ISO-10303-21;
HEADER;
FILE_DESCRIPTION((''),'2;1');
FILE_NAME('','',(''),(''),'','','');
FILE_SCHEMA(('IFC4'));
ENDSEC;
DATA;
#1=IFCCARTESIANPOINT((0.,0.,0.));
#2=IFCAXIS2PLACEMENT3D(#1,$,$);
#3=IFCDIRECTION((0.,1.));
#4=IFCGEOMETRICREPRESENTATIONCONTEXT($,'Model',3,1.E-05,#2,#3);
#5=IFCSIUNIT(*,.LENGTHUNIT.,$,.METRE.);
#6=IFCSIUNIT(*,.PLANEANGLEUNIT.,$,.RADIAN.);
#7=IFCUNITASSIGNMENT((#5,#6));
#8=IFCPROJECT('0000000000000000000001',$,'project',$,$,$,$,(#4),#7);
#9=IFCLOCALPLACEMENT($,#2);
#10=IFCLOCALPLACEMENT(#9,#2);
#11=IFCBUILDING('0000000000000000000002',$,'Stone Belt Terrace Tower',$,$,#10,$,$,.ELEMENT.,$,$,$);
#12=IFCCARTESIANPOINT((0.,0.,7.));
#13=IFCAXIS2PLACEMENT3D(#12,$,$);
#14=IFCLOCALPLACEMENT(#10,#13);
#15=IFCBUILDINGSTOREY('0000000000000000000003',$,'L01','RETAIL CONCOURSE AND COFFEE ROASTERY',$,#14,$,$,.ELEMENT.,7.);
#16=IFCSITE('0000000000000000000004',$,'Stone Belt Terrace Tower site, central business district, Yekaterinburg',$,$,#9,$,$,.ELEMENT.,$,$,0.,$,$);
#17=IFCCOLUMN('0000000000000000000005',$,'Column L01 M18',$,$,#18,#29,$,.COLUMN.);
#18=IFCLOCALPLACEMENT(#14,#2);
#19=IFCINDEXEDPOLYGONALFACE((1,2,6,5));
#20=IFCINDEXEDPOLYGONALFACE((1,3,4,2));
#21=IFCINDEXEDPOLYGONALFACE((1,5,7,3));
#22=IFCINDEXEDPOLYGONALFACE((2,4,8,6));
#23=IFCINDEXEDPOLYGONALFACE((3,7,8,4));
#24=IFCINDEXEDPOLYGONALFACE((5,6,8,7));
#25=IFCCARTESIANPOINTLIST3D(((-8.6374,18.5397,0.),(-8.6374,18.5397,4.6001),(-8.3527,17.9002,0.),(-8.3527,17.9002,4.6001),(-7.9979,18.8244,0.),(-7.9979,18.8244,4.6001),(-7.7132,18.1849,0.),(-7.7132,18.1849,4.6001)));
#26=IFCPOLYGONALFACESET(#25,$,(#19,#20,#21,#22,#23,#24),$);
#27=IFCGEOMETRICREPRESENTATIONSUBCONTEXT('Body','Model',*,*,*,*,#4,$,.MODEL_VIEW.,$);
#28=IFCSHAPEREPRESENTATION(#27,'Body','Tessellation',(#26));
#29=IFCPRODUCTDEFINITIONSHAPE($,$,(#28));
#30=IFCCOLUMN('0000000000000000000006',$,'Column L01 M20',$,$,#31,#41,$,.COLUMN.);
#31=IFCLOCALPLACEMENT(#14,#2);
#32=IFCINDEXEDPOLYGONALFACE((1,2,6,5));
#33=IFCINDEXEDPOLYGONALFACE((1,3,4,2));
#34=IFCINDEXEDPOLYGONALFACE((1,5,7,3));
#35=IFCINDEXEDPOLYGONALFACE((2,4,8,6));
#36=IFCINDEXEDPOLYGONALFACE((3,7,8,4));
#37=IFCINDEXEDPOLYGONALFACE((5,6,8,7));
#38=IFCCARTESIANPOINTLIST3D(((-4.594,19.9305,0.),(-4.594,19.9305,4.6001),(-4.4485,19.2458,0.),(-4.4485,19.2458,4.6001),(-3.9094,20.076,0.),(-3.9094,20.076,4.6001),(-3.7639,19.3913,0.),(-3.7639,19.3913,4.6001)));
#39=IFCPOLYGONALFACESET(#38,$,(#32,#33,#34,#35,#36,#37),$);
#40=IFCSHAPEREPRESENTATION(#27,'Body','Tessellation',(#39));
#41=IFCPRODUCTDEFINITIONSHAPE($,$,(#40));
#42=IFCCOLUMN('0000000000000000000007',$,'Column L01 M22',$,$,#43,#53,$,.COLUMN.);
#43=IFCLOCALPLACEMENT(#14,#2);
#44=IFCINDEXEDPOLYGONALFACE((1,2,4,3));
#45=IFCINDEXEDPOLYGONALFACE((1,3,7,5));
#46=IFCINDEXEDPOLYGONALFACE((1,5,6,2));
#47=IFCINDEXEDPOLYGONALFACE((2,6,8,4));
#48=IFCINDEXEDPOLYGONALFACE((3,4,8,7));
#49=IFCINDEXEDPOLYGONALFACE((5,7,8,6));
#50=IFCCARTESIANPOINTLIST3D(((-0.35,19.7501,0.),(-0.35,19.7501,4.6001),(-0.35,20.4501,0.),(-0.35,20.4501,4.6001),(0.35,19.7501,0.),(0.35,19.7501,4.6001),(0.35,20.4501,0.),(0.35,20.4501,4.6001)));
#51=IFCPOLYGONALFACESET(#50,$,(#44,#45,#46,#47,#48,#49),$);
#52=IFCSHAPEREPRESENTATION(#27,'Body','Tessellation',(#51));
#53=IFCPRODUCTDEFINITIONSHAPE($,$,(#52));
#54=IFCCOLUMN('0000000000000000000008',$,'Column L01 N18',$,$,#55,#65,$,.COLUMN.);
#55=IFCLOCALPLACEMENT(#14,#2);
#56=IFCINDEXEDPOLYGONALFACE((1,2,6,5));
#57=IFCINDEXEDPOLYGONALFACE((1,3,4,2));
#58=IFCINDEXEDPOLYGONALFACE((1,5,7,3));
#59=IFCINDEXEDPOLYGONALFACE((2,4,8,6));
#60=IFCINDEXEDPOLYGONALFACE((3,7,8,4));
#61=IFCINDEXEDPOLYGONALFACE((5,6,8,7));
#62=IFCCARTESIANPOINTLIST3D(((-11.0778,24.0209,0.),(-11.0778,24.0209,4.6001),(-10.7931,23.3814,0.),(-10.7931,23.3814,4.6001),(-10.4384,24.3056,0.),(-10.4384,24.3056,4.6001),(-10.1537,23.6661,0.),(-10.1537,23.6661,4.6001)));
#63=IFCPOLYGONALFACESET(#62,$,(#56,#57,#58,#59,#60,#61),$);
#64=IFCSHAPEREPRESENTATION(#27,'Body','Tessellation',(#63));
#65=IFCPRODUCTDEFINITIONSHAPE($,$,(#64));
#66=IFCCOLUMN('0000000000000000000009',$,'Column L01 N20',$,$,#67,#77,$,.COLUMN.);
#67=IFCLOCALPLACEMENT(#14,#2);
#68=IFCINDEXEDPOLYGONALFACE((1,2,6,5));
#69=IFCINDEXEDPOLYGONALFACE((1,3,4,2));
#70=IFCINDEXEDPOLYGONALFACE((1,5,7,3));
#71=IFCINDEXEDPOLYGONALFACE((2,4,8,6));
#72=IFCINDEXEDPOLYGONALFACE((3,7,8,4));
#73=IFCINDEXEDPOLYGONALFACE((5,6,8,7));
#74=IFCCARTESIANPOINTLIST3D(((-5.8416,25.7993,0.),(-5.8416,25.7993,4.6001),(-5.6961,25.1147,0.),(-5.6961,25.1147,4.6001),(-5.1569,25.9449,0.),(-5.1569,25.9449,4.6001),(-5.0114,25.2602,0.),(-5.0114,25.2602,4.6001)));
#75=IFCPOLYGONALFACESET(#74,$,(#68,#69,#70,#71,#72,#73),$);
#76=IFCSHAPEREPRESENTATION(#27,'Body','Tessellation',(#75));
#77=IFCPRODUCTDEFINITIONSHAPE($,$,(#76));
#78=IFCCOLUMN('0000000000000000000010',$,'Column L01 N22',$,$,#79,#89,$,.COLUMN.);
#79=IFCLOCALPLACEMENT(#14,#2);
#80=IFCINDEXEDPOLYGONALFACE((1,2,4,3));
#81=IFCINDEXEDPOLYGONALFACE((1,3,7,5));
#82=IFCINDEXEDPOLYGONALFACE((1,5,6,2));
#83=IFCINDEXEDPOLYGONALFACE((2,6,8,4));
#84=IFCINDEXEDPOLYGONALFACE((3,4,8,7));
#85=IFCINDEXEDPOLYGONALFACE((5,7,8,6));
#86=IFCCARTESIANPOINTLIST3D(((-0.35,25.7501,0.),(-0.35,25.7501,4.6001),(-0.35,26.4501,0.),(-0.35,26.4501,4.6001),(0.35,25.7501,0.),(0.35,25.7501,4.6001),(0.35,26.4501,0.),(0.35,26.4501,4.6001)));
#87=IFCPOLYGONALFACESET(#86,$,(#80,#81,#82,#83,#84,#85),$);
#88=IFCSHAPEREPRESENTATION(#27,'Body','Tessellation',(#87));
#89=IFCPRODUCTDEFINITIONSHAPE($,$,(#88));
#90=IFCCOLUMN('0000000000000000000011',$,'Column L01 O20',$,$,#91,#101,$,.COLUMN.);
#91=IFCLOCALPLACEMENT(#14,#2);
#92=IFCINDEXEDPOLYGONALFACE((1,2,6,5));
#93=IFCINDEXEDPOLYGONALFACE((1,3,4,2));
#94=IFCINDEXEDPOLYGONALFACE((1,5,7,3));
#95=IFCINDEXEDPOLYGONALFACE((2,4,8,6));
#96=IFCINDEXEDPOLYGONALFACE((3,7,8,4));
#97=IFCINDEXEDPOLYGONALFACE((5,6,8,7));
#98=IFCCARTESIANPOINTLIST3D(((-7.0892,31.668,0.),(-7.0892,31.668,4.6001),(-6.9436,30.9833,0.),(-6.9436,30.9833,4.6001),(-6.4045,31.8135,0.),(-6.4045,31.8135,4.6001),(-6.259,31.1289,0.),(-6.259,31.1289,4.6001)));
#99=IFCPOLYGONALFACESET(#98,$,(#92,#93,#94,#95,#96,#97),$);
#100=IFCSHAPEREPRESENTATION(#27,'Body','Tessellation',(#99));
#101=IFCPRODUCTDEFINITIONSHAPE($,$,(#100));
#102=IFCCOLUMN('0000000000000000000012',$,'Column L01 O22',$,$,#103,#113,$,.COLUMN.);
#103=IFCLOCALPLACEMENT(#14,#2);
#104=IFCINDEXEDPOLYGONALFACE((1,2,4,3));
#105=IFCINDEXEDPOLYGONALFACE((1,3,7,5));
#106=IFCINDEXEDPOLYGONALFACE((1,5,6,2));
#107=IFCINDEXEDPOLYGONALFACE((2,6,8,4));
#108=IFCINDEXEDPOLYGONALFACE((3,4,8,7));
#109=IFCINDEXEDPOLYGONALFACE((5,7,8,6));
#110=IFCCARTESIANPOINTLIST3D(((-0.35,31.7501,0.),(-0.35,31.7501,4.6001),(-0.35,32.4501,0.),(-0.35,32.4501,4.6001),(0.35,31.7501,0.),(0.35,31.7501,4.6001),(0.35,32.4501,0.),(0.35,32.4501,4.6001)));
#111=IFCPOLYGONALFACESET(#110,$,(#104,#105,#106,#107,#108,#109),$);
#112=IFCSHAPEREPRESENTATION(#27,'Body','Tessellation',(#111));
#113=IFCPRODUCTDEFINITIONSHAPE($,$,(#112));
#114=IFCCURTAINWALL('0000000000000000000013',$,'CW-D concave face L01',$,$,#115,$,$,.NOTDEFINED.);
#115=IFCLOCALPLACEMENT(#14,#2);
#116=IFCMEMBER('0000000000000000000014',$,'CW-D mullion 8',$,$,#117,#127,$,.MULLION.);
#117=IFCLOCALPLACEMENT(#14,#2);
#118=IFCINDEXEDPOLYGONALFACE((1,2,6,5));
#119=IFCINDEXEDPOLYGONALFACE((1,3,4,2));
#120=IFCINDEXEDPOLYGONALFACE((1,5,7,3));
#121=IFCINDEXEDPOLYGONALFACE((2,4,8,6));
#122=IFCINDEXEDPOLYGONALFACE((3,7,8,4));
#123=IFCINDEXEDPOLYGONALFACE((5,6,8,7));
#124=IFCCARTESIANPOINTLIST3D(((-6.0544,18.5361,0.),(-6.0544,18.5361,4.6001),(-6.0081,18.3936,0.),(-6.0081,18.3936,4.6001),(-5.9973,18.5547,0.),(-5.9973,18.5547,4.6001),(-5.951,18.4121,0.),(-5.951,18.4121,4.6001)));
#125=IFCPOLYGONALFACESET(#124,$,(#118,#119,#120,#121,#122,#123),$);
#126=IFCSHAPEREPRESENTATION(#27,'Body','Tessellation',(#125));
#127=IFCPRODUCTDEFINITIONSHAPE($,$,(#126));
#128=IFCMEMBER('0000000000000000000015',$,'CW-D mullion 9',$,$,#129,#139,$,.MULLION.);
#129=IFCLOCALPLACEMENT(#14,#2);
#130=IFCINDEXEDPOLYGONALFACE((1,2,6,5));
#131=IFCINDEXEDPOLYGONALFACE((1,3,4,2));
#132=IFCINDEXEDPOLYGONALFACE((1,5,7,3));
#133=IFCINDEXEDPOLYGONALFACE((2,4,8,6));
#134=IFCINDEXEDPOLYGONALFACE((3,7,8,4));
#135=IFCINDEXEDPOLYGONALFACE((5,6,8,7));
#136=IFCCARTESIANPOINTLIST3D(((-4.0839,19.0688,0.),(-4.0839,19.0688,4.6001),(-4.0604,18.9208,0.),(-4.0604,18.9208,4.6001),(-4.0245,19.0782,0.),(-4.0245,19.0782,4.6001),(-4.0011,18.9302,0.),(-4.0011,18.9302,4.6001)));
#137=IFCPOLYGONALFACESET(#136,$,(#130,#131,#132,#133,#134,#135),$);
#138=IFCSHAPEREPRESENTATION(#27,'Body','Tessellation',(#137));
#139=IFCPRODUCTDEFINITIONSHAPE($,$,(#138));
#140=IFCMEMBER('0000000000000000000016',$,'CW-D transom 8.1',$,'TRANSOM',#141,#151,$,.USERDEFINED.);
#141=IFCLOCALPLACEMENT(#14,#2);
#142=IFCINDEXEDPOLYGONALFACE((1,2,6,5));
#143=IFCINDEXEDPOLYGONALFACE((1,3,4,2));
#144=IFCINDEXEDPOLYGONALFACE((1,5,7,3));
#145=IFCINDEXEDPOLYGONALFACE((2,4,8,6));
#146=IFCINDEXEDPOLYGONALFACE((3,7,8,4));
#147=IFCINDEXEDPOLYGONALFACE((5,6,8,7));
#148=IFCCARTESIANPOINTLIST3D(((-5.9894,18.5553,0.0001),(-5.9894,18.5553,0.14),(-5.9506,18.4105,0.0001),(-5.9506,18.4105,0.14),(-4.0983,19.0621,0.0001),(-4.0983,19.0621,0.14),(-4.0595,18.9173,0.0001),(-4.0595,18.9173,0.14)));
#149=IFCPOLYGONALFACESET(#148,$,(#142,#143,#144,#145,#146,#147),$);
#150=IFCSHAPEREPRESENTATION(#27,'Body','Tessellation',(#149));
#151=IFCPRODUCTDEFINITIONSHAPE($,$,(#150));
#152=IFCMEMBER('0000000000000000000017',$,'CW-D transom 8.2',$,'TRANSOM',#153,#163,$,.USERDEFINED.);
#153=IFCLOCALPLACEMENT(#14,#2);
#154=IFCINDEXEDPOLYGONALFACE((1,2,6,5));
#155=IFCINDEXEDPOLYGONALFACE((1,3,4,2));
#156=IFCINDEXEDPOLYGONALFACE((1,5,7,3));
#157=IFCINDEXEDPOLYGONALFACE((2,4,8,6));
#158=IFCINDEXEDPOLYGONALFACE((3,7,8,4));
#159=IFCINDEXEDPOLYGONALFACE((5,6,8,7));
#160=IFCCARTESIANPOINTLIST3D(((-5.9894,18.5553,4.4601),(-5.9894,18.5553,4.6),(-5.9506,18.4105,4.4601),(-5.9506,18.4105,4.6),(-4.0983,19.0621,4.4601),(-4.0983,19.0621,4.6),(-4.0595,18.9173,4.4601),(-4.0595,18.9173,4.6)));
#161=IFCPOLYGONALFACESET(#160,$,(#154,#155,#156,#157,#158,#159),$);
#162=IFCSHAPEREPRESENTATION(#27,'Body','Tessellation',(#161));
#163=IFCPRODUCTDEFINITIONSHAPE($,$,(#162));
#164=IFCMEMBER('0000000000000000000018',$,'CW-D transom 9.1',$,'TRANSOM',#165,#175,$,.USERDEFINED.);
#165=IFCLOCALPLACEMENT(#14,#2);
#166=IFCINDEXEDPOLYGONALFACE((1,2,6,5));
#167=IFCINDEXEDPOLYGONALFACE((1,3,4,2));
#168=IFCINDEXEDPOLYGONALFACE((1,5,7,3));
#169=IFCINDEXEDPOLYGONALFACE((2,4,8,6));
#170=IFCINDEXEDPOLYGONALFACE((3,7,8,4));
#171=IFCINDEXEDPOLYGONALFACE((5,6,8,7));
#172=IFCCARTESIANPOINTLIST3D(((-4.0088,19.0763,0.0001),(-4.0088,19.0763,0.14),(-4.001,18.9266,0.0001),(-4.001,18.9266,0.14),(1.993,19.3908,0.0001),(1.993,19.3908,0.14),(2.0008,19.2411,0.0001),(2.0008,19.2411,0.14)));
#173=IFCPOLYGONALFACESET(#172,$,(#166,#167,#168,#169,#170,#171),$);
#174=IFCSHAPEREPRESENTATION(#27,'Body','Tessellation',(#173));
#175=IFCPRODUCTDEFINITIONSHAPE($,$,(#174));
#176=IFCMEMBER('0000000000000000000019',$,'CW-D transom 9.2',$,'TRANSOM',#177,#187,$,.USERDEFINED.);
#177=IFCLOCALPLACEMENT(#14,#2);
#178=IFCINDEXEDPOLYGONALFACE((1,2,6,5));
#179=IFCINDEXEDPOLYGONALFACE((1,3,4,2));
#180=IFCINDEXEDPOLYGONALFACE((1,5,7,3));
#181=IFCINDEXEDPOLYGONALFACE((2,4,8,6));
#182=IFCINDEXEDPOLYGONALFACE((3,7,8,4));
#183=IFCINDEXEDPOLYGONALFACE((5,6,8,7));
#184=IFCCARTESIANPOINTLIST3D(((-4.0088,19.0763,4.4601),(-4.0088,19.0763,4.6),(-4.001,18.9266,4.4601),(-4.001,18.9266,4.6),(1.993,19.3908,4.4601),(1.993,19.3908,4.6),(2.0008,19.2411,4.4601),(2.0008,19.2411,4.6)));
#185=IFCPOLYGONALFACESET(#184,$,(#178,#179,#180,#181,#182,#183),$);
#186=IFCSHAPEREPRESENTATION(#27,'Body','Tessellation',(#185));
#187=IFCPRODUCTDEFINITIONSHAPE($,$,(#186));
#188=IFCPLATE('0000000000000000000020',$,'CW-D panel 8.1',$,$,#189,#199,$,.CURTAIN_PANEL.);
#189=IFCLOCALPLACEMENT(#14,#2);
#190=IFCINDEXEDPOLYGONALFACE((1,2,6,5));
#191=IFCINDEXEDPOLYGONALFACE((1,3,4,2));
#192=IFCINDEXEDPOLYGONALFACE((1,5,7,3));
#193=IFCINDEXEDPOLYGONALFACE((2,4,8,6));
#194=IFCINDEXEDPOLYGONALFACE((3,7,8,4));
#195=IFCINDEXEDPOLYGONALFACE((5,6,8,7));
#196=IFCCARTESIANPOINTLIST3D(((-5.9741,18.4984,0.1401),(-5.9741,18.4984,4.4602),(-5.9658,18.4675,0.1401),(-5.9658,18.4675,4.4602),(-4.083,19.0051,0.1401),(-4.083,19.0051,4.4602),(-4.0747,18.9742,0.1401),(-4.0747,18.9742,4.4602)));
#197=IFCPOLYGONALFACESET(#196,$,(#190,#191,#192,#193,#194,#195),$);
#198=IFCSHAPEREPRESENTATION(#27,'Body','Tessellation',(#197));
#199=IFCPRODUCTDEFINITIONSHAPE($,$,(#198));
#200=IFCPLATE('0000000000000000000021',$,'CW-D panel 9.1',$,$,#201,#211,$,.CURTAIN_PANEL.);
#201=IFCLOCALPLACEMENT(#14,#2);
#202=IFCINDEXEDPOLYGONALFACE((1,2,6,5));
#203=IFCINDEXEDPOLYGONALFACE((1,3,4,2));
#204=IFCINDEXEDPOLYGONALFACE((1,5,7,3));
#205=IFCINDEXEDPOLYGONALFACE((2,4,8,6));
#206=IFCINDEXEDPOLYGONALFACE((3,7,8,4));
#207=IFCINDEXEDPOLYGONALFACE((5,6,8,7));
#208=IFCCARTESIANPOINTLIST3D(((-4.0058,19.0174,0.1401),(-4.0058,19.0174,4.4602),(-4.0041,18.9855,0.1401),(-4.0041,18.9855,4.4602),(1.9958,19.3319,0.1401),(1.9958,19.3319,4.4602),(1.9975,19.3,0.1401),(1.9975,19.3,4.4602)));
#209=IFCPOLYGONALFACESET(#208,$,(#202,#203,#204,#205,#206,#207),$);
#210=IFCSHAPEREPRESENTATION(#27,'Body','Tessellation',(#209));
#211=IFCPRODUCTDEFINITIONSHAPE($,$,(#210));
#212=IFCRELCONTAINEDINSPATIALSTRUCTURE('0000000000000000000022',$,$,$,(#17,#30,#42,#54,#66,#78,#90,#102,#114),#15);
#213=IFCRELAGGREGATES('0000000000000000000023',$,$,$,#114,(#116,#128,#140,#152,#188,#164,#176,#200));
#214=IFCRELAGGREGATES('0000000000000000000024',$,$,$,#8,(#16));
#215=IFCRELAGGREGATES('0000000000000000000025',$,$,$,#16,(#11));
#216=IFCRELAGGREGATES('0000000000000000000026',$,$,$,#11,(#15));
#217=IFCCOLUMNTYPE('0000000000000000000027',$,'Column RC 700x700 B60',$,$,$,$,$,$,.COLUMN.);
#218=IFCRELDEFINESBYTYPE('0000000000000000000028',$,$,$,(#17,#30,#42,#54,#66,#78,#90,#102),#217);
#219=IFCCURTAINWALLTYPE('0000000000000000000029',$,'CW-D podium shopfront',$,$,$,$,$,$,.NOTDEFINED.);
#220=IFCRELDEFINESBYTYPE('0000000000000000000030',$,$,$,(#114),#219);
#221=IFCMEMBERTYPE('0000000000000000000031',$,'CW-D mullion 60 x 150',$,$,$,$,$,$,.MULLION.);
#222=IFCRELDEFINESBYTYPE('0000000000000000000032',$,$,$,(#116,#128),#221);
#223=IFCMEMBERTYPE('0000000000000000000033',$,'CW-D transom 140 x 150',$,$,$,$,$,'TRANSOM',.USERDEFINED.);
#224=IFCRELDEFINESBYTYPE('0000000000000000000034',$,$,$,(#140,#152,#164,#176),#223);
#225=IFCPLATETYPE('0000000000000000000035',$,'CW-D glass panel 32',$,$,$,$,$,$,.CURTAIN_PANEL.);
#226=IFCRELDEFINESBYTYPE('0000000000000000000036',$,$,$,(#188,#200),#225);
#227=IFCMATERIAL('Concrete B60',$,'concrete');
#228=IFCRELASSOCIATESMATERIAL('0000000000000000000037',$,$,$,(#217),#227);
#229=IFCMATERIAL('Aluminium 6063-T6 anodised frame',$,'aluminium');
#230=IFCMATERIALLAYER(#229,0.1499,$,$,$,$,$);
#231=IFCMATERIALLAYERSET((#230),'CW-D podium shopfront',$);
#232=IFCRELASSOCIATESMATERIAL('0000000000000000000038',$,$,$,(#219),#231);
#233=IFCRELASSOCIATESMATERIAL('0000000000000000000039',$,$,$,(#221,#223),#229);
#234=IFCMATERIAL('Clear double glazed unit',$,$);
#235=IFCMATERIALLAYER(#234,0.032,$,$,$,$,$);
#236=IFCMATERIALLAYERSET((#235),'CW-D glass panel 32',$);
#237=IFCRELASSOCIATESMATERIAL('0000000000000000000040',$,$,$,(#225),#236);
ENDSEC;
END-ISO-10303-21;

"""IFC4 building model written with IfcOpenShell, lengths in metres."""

from ifc_helpers import new_model, si_unit, direction, frame, origin, origin_2d, place, context, subcontext, project, spatial, rectangle, extrude, material, layer, layer_set, material_profile, profile_set, type_object, element, aggregate, save


model = new_model("IFC4")

# Units and contexts
model_context = context("Model", 3, precision=1e-05, world=origin(), true_north=direction((0.0, 1.0)))
body_context = subcontext(model_context, "Body", "Model", "MODEL_VIEW")
ifc_project = project(units=[si_unit("LENGTHUNIT", "METRE"), si_unit("PLANEANGLEUNIT", "RADIAN")], contexts=[model_context])

# Site, building, storey
site_placement = place(None, origin())
site = spatial("IfcSite", under=ifc_project, at=site_placement, Name="Stone Belt Terrace Tower site, central business district, Yekaterinburg", CompositionType="ELEMENT", RefElevation=0.0)
building_placement = place(site_placement, origin())
building = spatial("IfcBuilding", under=site, at=building_placement, Name="Stone Belt Terrace Tower", CompositionType="ELEMENT")
storey_placement = place(building_placement, frame((0.0, 0.0, 7.0)))
storey = spatial("IfcBuildingStorey", under=building, at=storey_placement, Name="L01", Description="RETAIL CONCOURSE AND COFFEE ROASTERY", CompositionType="ELEMENT", Elevation=7.0)

# Columns
ifc_material_1 = material(Name="Concrete B60", Category="concrete")
ifc_material_profile_1 = material_profile(ifc_material_1, rectangle(XDim=0.7, YDim=0.7, at=origin_2d()), Name="RC 700x700")
ifc_profile_set_1 = profile_set([ifc_material_profile_1], Name="Concrete B60")
column_type = type_object("IfcColumnType", Name="Column RC 700x700 B60", PredefinedType="COLUMN", material=ifc_profile_set_1)
for number, where, z_axis, x_axis, name in (
    (1, (-8.1753, 18.3623, 0.0), (0.0, 0.0, 1.0), (0.913545, 0.406737, 0.0), "Column L01 M18"),
    (2, (-4.179, 19.6609, 0.0), (0.0, 0.0, 1.0), (0.978148, 0.207912, 0.0), "Column L01 M20"),
    (3, (0.0, 20.1001, 0.0), (0.0, 0.0, 1.0), (1.0, 0.0, 0.0), "Column L01 M22"),
    (4, (-10.6157, 23.8435, 0.0), (0.0, 0.0, 1.0), (0.913545, 0.406737, 0.0), "Column L01 N18"),
    (5, (-5.4265, 25.5298, 0.0), (0.0, 0.0, 1.0), (0.978148, 0.207912, 0.0), "Column L01 N20"),
    (6, (0.0, 26.1001, 0.0), (0.0, 0.0, 1.0), (1.0, 0.0, 0.0), "Column L01 N22"),
    (7, (-6.6741, 31.3984, 0.0), (0.0, 0.0, 1.0), (0.978148, 0.207912, 0.0), "Column L01 O20"),
    (8, (0.0, 32.1001, 0.0), (0.0, 0.0, 1.0), (1.0, 0.0, 0.0), "Column L01 O22"),
):
    element("IfcColumn", number, at=place(storey_placement, frame(where, z_axis=z_axis, x_axis=x_axis)), inside=storey, type_object=column_type, Name=name, PredefinedType="COLUMN", context=body_context, shape_type="SweptSolid", body=[
        extrude(rectangle(XDim=0.7, YDim=0.7, at=origin_2d()), origin(), (0.0, 0.0, 1.0), 4.6001),
    ])

# Curtain wall, members, plates
ifc_material_2 = material(Name="Aluminium 6063-T6 anodised frame", Category="aluminium")
ifc_layer_1 = layer(ifc_material_2, 0.1499)
ifc_layer_set_1 = layer_set([ifc_layer_1], Name="CW-D podium shopfront")
curtain_wall_type = type_object("IfcCurtainWallType", Name="CW-D podium shopfront", PredefinedType="NOTDEFINED", material=ifc_layer_set_1)
curtain_wall_placement = place(storey_placement, origin())
curtain_wall = element("IfcCurtainWall", 9, at=curtain_wall_placement, inside=storey, type_object=curtain_wall_type, Name="CW-D concave face L01", PredefinedType="NOTDEFINED")
ifc_material_profile_2 = material_profile(ifc_material_2, rectangle(XDim=0.1499, YDim=0.0601, at=origin_2d()), Name="Aluminium 6063-T6 60x150")
ifc_profile_set_2 = profile_set([ifc_material_profile_2], Name="Aluminium 6063-T6 anodised frame")
member_type_1 = type_object("IfcMemberType", Name="CW-D mullion 60 x 150", PredefinedType="MULLION", material=ifc_profile_set_2)
member_1_placement = place(storey_placement, frame((-6.0027, 18.4741, 0.0), z_axis=(0.0, 0.0, 1.0), x_axis=(-0.309017, 0.951057, 0.0)))
member_1 = element("IfcMember", 10, at=member_1_placement, type_object=member_type_1, Name="CW-D mullion 8", PredefinedType="MULLION", context=body_context, shape_type="SweptSolid", body=[
    extrude(rectangle(XDim=0.1499, YDim=0.0601, at=origin_2d()), origin(), (0.0, 0.0, 1.0), 4.6001),
])
member_2_placement = place(storey_placement, frame((-4.0425, 18.9995, 0.0), z_axis=(0.0, 0.0, 1.0), x_axis=(-0.156434, 0.987688, 0.0)))
member_2 = element("IfcMember", 11, at=member_2_placement, type_object=member_type_1, Name="CW-D mullion 9", PredefinedType="MULLION", context=body_context, shape_type="SweptSolid", body=[
    extrude(rectangle(XDim=0.1499, YDim=0.0601, at=origin_2d()), origin(), (0.0, 0.0, 1.0), 4.6001),
])
ifc_material_profile_3 = material_profile(ifc_material_2, rectangle(XDim=0.1499, YDim=0.1399, at=origin_2d()), Name="Aluminium 6063-T6 150x140")
ifc_profile_set_3 = profile_set([ifc_material_profile_3], Name="Aluminium 6063-T6 anodised frame")
member_type_2 = type_object("IfcMemberType", Name="CW-D transom 140 x 150", ElementType="TRANSOM", PredefinedType="USERDEFINED", material=ifc_profile_set_3)
member_3_placement = place(storey_placement, frame((-5.97, 18.4829, 0.0701), z_axis=(0.965911, 0.258873, 0.0), x_axis=(-0.258873, 0.965911, 0.0)))
member_3 = element("IfcMember", 12, at=member_3_placement, type_object=member_type_2, Name="CW-D transom 8.1", ObjectType="TRANSOM", PredefinedType="USERDEFINED", context=body_context, shape_type="SweptSolid", body=[
    extrude(rectangle(XDim=0.1499, YDim=0.1399, at=origin_2d()), origin(), (0.0, 0.0, 1.0), 1.9578),
])
member_4_placement = place(storey_placement, frame((-5.97, 18.4829, 4.53), z_axis=(0.965911, 0.258873, 0.0), x_axis=(-0.258873, 0.965911, 0.0)))
member_4 = element("IfcMember", 13, at=member_4_placement, type_object=member_type_2, Name="CW-D transom 8.2", ObjectType="TRANSOM", PredefinedType="USERDEFINED", context=body_context, shape_type="SweptSolid", body=[
    extrude(rectangle(XDim=0.1499, YDim=0.1399, at=origin_2d()), origin(), (0.0, 0.0, 1.0), 1.9578),
])
member_5_placement = place(storey_placement, frame((-4.0049, 19.0015, 0.0701), z_axis=(0.99863, 0.052322, 0.0), x_axis=(-0.052322, 0.99863, 0.0)))
member_5 = element("IfcMember", 14, at=member_5_placement, type_object=member_type_2, Name="CW-D transom 9.1", ObjectType="TRANSOM", PredefinedType="USERDEFINED", context=body_context, shape_type="SweptSolid", body=[
    extrude(rectangle(XDim=0.1499, YDim=0.1399, at=origin_2d()), origin(), (0.0, 0.0, 1.0), 6.01),
])
member_6_placement = place(storey_placement, frame((-4.0049, 19.0015, 4.53), z_axis=(0.99863, 0.052322, 0.0), x_axis=(-0.052322, 0.99863, 0.0)))
member_6 = element("IfcMember", 15, at=member_6_placement, type_object=member_type_2, Name="CW-D transom 9.2", ObjectType="TRANSOM", PredefinedType="USERDEFINED", context=body_context, shape_type="SweptSolid", body=[
    extrude(rectangle(XDim=0.1499, YDim=0.1399, at=origin_2d()), origin(), (0.0, 0.0, 1.0), 6.01),
])
ifc_material_3 = material(Name="Clear double glazed unit")
ifc_layer_2 = layer(ifc_material_3, 0.032)
ifc_layer_set_2 = layer_set([ifc_layer_2], Name="CW-D glass panel 32")
plate_type = type_object("IfcPlateType", Name="CW-D glass panel 32", PredefinedType="CURTAIN_PANEL", material=ifc_layer_set_2)
plate_1_placement = place(storey_placement, frame((-5.0244, 18.7363, 0.1401), z_axis=(0.0, 0.0, 1.0), x_axis=(0.965926, 0.258819, 0.0)))
plate_1 = element("IfcPlate", 16, at=plate_1_placement, type_object=plate_type, Name="CW-D panel 8.1", PredefinedType="CURTAIN_PANEL", context=body_context, shape_type="SweptSolid", body=[
    extrude(rectangle(XDim=1.9578, YDim=0.032, at=origin_2d()), origin(), (0.0, 0.0, 1.0), 4.3201),
])
plate_2_placement = place(storey_placement, frame((-1.0042, 19.1587, 0.1401), z_axis=(0.0, 0.0, 1.0), x_axis=(0.99863, 0.052336, 0.0)))
plate_2 = element("IfcPlate", 17, at=plate_2_placement, type_object=plate_type, Name="CW-D panel 9.1", PredefinedType="CURTAIN_PANEL", context=body_context, shape_type="SweptSolid", body=[
    extrude(rectangle(XDim=6.0098, YDim=0.032, at=origin_2d()), origin(), (0.0, 0.0, 1.0), 4.3201),
])
aggregate(curtain_wall, [member_1, member_2, member_3, member_4, plate_1, member_5, member_6, plate_2])

save(model, "model.ifc")
